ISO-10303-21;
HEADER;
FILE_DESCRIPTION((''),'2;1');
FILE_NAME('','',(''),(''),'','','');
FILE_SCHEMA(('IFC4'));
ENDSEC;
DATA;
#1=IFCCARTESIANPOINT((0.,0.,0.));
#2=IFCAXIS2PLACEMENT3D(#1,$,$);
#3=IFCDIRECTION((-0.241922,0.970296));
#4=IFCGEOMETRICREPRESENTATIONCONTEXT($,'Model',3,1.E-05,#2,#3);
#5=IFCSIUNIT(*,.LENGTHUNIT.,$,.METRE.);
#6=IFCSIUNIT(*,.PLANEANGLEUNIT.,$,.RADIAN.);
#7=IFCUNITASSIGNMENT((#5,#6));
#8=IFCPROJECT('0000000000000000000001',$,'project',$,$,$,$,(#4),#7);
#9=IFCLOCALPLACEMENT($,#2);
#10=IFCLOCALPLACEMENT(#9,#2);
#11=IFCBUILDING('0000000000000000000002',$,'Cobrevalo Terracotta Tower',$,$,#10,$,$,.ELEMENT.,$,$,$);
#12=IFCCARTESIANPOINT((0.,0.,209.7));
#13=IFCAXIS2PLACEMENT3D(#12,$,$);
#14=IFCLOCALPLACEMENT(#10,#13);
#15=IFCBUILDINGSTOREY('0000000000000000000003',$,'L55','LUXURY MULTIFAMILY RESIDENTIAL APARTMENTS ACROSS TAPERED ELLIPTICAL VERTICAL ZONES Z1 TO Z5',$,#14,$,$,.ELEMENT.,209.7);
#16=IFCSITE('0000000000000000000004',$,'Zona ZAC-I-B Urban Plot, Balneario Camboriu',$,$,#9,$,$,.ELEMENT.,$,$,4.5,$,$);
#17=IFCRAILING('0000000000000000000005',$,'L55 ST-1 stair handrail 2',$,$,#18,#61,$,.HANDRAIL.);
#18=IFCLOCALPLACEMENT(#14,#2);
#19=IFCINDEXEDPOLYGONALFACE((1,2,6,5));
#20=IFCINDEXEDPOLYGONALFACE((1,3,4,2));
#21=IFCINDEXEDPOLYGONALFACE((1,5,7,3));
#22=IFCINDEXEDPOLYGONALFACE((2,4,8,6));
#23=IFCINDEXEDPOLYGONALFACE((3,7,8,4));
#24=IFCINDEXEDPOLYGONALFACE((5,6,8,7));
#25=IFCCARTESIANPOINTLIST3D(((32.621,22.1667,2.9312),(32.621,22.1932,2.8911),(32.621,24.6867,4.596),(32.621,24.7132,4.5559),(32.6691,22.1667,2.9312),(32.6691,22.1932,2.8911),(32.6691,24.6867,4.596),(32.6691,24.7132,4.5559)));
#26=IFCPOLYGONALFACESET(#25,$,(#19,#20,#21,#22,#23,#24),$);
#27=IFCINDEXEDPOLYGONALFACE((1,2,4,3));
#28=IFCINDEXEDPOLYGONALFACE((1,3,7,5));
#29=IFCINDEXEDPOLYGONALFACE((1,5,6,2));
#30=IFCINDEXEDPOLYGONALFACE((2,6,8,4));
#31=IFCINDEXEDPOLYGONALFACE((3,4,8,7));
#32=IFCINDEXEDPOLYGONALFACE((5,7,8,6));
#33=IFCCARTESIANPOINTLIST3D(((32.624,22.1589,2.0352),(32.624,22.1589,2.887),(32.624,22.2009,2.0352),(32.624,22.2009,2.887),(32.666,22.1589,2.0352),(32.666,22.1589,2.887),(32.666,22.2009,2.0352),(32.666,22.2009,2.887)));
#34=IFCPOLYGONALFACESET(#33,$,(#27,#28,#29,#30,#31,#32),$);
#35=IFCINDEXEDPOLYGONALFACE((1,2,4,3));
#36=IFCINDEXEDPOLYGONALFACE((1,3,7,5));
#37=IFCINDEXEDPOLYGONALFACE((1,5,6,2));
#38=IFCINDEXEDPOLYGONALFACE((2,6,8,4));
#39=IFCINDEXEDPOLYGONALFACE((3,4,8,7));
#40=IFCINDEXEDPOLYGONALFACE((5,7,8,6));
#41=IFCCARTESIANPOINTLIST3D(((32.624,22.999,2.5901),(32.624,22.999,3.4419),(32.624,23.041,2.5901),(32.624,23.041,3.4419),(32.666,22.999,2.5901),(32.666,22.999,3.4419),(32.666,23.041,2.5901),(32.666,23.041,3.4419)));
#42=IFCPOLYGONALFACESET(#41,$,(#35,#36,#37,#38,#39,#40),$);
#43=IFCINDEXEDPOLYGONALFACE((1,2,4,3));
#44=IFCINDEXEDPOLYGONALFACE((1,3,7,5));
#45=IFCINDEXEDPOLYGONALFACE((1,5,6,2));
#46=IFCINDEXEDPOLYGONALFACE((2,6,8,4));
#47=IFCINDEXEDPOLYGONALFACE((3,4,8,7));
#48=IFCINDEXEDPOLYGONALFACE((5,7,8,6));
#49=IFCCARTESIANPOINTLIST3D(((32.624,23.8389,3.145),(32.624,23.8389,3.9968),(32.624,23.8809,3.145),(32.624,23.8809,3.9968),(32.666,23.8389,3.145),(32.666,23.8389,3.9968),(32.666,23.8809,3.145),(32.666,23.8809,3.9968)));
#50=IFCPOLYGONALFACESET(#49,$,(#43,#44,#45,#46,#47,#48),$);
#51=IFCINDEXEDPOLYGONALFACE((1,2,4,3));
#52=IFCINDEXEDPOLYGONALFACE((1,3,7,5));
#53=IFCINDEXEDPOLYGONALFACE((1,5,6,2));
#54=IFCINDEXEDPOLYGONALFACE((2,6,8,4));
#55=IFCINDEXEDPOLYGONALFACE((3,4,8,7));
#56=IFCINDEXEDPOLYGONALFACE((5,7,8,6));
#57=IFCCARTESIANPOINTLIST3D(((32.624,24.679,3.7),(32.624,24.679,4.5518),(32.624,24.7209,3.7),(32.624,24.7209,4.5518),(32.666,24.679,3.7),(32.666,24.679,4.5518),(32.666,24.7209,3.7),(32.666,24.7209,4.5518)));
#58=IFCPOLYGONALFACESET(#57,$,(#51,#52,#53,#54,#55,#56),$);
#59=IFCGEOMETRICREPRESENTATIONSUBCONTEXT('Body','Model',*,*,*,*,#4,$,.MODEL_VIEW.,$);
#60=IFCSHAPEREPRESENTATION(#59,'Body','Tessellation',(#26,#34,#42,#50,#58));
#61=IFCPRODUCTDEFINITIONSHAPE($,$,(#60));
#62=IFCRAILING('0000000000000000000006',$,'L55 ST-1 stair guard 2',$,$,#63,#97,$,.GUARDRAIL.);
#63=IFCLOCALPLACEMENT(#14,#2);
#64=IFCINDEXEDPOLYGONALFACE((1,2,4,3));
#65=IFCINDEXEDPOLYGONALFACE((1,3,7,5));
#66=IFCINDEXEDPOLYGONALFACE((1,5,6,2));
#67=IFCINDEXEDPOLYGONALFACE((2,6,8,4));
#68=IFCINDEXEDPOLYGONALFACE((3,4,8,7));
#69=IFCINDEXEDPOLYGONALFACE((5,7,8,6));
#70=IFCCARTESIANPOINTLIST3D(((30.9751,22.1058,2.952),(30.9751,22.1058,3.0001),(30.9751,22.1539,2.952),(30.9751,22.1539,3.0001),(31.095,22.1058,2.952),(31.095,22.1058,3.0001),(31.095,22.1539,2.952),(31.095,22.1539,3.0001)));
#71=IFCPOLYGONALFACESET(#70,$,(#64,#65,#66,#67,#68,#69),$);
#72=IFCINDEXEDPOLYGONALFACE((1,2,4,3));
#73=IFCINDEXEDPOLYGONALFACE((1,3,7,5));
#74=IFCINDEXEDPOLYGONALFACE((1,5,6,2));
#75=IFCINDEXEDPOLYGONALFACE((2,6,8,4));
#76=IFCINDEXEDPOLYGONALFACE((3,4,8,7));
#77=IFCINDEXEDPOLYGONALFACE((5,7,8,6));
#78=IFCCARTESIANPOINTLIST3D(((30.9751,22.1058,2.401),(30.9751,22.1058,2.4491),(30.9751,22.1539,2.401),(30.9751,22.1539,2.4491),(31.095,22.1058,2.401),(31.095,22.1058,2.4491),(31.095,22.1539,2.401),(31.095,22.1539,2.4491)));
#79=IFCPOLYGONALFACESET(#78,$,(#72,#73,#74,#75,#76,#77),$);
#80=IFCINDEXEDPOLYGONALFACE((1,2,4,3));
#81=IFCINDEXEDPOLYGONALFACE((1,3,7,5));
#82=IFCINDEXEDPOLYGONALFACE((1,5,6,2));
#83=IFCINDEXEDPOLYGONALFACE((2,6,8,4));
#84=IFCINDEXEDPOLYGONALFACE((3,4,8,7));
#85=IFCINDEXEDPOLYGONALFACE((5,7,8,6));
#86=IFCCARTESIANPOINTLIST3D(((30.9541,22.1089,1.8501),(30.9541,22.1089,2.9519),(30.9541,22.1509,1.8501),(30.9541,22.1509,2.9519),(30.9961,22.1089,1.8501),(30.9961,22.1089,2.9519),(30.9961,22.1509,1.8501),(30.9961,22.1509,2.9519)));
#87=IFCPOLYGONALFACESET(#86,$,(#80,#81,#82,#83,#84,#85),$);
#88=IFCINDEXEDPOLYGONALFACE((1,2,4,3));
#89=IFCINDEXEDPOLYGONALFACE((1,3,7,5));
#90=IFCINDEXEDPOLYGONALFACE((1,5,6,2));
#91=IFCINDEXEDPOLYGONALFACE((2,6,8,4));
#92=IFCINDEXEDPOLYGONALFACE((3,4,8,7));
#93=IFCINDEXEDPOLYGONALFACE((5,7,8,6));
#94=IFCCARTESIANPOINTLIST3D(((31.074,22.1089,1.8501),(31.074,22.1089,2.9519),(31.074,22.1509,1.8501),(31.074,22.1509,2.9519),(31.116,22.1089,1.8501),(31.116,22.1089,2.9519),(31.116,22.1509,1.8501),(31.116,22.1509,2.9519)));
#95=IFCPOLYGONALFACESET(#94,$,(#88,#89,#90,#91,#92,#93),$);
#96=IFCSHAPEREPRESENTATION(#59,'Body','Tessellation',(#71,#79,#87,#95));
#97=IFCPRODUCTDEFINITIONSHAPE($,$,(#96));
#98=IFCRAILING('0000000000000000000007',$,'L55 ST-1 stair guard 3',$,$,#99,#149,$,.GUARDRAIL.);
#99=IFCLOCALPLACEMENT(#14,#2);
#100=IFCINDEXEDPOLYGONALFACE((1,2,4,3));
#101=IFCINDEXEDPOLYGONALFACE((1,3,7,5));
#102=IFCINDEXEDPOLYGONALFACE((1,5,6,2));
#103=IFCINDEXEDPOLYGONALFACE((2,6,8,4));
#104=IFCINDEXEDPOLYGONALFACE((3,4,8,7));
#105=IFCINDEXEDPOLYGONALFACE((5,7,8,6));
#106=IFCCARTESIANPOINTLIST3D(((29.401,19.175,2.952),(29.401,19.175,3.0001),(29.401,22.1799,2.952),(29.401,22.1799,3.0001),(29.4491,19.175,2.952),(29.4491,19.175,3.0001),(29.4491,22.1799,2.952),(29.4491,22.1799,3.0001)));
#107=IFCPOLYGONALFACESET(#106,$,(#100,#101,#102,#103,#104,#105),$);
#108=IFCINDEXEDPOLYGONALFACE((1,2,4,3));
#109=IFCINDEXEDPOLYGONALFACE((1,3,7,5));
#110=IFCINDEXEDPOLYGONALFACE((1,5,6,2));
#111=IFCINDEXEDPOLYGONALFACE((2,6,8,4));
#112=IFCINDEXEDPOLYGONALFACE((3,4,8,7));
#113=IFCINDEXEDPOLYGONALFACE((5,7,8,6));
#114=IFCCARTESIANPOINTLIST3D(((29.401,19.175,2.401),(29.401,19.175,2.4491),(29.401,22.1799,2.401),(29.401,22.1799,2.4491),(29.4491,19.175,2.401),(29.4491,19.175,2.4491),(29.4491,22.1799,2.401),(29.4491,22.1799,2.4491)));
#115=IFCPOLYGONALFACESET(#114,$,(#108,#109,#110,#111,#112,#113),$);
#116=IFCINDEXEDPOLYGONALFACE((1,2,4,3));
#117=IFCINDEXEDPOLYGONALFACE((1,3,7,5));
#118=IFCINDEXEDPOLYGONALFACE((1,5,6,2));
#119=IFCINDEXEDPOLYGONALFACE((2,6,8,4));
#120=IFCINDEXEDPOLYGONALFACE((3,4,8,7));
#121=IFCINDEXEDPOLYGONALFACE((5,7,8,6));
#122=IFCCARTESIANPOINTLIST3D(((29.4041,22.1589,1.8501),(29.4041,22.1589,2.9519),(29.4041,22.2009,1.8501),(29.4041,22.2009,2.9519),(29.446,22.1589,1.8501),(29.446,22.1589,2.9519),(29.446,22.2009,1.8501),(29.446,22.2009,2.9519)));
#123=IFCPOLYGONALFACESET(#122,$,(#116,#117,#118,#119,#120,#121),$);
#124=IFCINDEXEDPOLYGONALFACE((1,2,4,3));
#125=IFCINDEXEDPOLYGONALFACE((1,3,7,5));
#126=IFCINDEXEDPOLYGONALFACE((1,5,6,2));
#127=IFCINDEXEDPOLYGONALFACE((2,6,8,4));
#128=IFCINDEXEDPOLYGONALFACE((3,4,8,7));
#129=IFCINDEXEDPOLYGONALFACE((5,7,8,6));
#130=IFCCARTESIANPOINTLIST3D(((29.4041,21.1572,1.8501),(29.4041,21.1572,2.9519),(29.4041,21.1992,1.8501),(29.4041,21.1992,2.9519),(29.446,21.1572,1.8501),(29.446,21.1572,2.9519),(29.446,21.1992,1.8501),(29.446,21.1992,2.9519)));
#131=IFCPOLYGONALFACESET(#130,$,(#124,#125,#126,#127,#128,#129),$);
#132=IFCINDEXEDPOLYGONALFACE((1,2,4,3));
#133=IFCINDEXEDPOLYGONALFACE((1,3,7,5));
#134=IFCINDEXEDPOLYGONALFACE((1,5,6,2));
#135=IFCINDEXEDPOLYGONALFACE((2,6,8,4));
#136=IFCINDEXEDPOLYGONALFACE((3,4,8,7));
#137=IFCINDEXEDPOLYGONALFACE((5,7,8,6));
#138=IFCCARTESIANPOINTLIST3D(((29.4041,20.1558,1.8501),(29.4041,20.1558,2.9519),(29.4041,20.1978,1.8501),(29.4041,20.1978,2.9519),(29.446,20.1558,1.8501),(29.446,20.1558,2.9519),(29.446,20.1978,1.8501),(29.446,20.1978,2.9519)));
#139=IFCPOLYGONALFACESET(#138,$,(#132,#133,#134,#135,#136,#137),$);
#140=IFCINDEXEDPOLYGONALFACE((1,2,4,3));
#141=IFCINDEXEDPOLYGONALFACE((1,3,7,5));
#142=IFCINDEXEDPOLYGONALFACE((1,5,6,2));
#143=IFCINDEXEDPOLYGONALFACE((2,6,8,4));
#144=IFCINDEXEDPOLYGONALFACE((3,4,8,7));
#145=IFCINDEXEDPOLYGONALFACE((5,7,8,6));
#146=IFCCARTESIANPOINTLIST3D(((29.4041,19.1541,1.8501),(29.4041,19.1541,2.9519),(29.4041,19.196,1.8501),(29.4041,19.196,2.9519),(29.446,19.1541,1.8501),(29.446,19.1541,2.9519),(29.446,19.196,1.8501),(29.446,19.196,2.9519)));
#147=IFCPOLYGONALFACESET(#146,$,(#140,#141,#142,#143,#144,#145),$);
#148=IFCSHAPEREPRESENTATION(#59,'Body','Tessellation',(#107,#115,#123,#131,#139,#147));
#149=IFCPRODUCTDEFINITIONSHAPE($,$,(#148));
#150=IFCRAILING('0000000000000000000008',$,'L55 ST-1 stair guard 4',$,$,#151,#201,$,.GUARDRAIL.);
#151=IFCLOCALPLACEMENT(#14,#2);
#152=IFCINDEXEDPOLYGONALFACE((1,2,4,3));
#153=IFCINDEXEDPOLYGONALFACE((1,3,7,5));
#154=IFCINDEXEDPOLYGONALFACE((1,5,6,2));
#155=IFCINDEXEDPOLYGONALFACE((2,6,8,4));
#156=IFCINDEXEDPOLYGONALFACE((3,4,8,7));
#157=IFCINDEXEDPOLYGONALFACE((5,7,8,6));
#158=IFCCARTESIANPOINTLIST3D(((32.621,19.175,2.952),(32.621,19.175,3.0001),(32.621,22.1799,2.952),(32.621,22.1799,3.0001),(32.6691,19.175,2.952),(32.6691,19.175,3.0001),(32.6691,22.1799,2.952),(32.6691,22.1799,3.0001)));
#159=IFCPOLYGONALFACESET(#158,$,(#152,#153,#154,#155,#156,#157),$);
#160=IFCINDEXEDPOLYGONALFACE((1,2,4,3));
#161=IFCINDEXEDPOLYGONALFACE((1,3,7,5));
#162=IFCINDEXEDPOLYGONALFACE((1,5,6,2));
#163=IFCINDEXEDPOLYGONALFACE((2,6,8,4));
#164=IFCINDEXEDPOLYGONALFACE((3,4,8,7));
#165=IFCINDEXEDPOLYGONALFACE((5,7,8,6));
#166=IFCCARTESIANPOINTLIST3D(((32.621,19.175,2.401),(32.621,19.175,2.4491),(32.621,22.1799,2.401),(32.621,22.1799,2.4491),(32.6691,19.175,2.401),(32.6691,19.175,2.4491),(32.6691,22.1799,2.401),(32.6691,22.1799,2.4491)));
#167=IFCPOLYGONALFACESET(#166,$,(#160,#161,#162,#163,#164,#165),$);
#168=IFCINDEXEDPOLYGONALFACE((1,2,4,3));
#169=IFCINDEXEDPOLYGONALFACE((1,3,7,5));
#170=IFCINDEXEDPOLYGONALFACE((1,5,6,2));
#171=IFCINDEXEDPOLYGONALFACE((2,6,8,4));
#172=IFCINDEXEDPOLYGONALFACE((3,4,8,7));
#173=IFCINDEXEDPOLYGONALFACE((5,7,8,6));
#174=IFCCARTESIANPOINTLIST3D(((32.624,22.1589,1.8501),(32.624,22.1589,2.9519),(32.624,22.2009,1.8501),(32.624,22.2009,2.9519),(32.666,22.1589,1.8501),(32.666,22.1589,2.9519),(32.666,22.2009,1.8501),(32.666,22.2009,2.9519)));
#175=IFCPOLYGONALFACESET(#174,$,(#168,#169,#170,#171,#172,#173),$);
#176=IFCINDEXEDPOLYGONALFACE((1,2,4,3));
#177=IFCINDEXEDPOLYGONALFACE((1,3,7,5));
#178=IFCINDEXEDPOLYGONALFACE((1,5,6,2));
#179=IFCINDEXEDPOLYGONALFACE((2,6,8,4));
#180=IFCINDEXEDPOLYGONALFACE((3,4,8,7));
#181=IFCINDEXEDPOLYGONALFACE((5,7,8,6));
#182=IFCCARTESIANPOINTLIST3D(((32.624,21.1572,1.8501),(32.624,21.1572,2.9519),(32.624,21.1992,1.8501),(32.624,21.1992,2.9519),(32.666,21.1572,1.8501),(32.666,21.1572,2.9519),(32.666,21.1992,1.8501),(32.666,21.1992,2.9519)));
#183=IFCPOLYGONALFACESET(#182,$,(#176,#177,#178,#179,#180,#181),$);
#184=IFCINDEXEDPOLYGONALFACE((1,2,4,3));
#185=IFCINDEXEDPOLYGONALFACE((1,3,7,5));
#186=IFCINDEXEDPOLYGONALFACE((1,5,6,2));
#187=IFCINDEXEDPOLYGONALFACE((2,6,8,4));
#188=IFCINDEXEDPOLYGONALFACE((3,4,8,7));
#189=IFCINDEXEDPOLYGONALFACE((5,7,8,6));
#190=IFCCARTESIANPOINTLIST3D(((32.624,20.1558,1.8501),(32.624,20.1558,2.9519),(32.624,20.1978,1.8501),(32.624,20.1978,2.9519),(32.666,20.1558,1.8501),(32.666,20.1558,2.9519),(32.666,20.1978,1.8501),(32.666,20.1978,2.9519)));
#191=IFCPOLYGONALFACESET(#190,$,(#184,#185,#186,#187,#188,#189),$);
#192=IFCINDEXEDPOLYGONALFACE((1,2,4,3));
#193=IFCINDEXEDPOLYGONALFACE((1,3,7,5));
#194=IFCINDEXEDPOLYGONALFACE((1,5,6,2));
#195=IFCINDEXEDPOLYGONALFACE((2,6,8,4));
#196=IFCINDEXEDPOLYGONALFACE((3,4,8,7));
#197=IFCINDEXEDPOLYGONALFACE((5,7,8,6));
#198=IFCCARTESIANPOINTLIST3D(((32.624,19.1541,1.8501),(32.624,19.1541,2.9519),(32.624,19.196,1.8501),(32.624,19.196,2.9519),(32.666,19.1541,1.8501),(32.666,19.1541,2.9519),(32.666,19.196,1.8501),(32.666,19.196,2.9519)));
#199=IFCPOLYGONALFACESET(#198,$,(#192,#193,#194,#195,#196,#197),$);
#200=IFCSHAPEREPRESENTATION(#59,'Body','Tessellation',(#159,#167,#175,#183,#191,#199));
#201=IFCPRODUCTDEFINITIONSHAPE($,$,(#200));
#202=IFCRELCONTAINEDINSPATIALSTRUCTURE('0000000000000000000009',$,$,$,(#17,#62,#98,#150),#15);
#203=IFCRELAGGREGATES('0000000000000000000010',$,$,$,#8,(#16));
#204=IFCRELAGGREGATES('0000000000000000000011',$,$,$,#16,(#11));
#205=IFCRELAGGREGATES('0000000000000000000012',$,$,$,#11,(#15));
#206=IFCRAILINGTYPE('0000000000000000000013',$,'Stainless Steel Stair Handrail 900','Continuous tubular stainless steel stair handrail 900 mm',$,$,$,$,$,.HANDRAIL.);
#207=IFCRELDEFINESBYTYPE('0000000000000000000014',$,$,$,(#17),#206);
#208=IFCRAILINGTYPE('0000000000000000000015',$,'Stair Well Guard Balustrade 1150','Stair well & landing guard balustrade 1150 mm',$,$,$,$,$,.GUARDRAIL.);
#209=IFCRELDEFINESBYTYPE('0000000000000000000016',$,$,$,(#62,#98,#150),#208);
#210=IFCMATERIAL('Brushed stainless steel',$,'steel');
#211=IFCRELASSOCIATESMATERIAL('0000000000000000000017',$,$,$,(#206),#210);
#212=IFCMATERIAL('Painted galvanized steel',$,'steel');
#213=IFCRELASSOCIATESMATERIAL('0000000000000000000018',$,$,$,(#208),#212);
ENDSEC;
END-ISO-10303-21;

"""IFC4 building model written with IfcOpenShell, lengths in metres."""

from ifc_helpers import new_model, si_unit, direction, frame, origin, origin_2d, place, context, subcontext, project, spatial, rectangle, extrude, material, type_object, element, save


model = new_model("IFC4")

# Units and contexts
model_context = context("Model", 3, precision=1e-05, world=origin(), true_north=direction((-0.241922, 0.970296)))
body_context = subcontext(model_context, "Body", "Model", "MODEL_VIEW")
ifc_project = project(units=[si_unit("LENGTHUNIT", "METRE"), si_unit("PLANEANGLEUNIT", "RADIAN")], contexts=[model_context])

# Site, building, storey
site_placement = place(None, origin())
site = spatial("IfcSite", under=ifc_project, at=site_placement, Name="Zona ZAC-I-B Urban Plot, Balneario Camboriu", CompositionType="ELEMENT", RefElevation=4.5)
building_placement = place(site_placement, origin())
building = spatial("IfcBuilding", under=site, at=building_placement, Name="Cobrevalo Terracotta Tower", CompositionType="ELEMENT")
storey_placement = place(building_placement, frame((0.0, 0.0, 209.7)))
storey = spatial("IfcBuildingStorey", under=building, at=storey_placement, Name="L55", Description="LUXURY MULTIFAMILY RESIDENTIAL APARTMENTS ACROSS TAPERED ELLIPTICAL VERTICAL ZONES Z1 TO Z5", CompositionType="ELEMENT", Elevation=209.7)

# Railings
ifc_material_1 = material(Name="Brushed stainless steel", Category="steel")
railing_type_1 = type_object("IfcRailingType", Name="Stainless Steel Stair Handrail 900", Description="Continuous tubular stainless steel stair handrail 900 mm", PredefinedType="HANDRAIL", material=ifc_material_1)
railing_1_placement = place(storey_placement, frame((32.645, 22.1799, 2.0352)))
element("IfcRailing", 1, at=railing_1_placement, inside=storey, type_object=railing_type_1, Name="L55 ST-1 stair handrail 2", PredefinedType="HANDRAIL", context=body_context, shape_type="SweptSolid", body=[
    extrude(rectangle(XDim=0.0481, YDim=0.0481, at=origin_2d()), frame((0.0, 0.0, 0.876), z_axis=(0.0, 0.834369, 0.551207), x_axis=(-1.0, 0.0, 0.0)), (0.0, 0.0, 1.0), 3.0203),
    extrude(rectangle(XDim=0.042, YDim=0.042, at=origin_2d()), origin(), (0.0, 0.0, 1.0), 0.8518),
    extrude(rectangle(XDim=0.042, YDim=0.042, at=origin_2d()), frame((0.0, 0.8401, 0.5549)), (0.0, 0.0, 1.0), 0.8518),
    extrude(rectangle(XDim=0.042, YDim=0.042, at=origin_2d()), frame((0.0, 1.6799, 1.1099)), (0.0, 0.0, 1.0), 0.8518),
    extrude(rectangle(XDim=0.042, YDim=0.042, at=origin_2d()), frame((0.0, 2.52, 1.6648)), (0.0, 0.0, 1.0), 0.8518),
])
ifc_material_2 = material(Name="Painted galvanized steel", Category="steel")
railing_type_2 = type_object("IfcRailingType", Name="Stair Well Guard Balustrade 1150", Description="Stair well & landing guard balustrade 1150 mm", PredefinedType="GUARDRAIL", material=ifc_material_2)
railing_2_placement = place(storey_placement, frame((30.9751, 22.1299, 1.8501)))
element("IfcRailing", 2, at=railing_2_placement, inside=storey, type_object=railing_type_2, Name="L55 ST-1 stair guard 2", PredefinedType="GUARDRAIL", context=body_context, shape_type="SweptSolid", body=[
    extrude(rectangle(XDim=0.0481, YDim=0.0481, at=origin_2d()), frame((0.0, 0.0, 1.126), z_axis=(1.0, 0.0, 0.0), x_axis=(0.0, 1.0, 0.0)), (0.0, 0.0, 1.0), 0.1199),
    extrude(rectangle(XDim=0.0481, YDim=0.0481, at=origin_2d()), frame((0.0, 0.0, 0.575), z_axis=(1.0, 0.0, 0.0), x_axis=(0.0, 1.0, 0.0)), (0.0, 0.0, 1.0), 0.1199),
    extrude(rectangle(XDim=0.042, YDim=0.042, at=origin_2d()), origin(), (0.0, 0.0, 1.0), 1.1018),
    extrude(rectangle(XDim=0.042, YDim=0.042, at=origin_2d()), frame((0.1199, 0.0, 0.0)), (0.0, 0.0, 1.0), 1.1018),
])
for number, where, name in (
    (3, (29.425, 22.1799, 1.8501), "L55 ST-1 stair guard 3"),
    (4, (32.645, 22.1799, 1.8501), "L55 ST-1 stair guard 4"),
):
    element("IfcRailing", number, at=place(storey_placement, frame(where)), inside=storey, type_object=railing_type_2, Name=name, PredefinedType="GUARDRAIL", context=body_context, shape_type="SweptSolid", body=[
        extrude(rectangle(XDim=0.0481, YDim=0.0481, at=origin_2d()), frame((0.0, 0.0, 1.126), z_axis=(0.0, -1.0, 0.0), x_axis=(1.0, 0.0, 0.0)), (0.0, 0.0, 1.0), 3.0049),
        extrude(rectangle(XDim=0.0481, YDim=0.0481, at=origin_2d()), frame((0.0, 0.0, 0.575), z_axis=(0.0, -1.0, 0.0), x_axis=(1.0, 0.0, 0.0)), (0.0, 0.0, 1.0), 3.0049),
        extrude(rectangle(XDim=0.042, YDim=0.042, at=origin_2d()), origin(), (0.0, 0.0, 1.0), 1.1018),
        extrude(rectangle(XDim=0.042, YDim=0.042, at=origin_2d()), frame((0.0, -1.0017, 0.0)), (0.0, 0.0, 1.0), 1.1018),
        extrude(rectangle(XDim=0.042, YDim=0.042, at=origin_2d()), frame((0.0, -2.0032, 0.0)), (0.0, 0.0, 1.0), 1.1018),
        extrude(rectangle(XDim=0.042, YDim=0.042, at=origin_2d()), frame((0.0, -3.0049, 0.0)), (0.0, 0.0, 1.0), 1.1018),
    ])

save(model, "model.ifc")
